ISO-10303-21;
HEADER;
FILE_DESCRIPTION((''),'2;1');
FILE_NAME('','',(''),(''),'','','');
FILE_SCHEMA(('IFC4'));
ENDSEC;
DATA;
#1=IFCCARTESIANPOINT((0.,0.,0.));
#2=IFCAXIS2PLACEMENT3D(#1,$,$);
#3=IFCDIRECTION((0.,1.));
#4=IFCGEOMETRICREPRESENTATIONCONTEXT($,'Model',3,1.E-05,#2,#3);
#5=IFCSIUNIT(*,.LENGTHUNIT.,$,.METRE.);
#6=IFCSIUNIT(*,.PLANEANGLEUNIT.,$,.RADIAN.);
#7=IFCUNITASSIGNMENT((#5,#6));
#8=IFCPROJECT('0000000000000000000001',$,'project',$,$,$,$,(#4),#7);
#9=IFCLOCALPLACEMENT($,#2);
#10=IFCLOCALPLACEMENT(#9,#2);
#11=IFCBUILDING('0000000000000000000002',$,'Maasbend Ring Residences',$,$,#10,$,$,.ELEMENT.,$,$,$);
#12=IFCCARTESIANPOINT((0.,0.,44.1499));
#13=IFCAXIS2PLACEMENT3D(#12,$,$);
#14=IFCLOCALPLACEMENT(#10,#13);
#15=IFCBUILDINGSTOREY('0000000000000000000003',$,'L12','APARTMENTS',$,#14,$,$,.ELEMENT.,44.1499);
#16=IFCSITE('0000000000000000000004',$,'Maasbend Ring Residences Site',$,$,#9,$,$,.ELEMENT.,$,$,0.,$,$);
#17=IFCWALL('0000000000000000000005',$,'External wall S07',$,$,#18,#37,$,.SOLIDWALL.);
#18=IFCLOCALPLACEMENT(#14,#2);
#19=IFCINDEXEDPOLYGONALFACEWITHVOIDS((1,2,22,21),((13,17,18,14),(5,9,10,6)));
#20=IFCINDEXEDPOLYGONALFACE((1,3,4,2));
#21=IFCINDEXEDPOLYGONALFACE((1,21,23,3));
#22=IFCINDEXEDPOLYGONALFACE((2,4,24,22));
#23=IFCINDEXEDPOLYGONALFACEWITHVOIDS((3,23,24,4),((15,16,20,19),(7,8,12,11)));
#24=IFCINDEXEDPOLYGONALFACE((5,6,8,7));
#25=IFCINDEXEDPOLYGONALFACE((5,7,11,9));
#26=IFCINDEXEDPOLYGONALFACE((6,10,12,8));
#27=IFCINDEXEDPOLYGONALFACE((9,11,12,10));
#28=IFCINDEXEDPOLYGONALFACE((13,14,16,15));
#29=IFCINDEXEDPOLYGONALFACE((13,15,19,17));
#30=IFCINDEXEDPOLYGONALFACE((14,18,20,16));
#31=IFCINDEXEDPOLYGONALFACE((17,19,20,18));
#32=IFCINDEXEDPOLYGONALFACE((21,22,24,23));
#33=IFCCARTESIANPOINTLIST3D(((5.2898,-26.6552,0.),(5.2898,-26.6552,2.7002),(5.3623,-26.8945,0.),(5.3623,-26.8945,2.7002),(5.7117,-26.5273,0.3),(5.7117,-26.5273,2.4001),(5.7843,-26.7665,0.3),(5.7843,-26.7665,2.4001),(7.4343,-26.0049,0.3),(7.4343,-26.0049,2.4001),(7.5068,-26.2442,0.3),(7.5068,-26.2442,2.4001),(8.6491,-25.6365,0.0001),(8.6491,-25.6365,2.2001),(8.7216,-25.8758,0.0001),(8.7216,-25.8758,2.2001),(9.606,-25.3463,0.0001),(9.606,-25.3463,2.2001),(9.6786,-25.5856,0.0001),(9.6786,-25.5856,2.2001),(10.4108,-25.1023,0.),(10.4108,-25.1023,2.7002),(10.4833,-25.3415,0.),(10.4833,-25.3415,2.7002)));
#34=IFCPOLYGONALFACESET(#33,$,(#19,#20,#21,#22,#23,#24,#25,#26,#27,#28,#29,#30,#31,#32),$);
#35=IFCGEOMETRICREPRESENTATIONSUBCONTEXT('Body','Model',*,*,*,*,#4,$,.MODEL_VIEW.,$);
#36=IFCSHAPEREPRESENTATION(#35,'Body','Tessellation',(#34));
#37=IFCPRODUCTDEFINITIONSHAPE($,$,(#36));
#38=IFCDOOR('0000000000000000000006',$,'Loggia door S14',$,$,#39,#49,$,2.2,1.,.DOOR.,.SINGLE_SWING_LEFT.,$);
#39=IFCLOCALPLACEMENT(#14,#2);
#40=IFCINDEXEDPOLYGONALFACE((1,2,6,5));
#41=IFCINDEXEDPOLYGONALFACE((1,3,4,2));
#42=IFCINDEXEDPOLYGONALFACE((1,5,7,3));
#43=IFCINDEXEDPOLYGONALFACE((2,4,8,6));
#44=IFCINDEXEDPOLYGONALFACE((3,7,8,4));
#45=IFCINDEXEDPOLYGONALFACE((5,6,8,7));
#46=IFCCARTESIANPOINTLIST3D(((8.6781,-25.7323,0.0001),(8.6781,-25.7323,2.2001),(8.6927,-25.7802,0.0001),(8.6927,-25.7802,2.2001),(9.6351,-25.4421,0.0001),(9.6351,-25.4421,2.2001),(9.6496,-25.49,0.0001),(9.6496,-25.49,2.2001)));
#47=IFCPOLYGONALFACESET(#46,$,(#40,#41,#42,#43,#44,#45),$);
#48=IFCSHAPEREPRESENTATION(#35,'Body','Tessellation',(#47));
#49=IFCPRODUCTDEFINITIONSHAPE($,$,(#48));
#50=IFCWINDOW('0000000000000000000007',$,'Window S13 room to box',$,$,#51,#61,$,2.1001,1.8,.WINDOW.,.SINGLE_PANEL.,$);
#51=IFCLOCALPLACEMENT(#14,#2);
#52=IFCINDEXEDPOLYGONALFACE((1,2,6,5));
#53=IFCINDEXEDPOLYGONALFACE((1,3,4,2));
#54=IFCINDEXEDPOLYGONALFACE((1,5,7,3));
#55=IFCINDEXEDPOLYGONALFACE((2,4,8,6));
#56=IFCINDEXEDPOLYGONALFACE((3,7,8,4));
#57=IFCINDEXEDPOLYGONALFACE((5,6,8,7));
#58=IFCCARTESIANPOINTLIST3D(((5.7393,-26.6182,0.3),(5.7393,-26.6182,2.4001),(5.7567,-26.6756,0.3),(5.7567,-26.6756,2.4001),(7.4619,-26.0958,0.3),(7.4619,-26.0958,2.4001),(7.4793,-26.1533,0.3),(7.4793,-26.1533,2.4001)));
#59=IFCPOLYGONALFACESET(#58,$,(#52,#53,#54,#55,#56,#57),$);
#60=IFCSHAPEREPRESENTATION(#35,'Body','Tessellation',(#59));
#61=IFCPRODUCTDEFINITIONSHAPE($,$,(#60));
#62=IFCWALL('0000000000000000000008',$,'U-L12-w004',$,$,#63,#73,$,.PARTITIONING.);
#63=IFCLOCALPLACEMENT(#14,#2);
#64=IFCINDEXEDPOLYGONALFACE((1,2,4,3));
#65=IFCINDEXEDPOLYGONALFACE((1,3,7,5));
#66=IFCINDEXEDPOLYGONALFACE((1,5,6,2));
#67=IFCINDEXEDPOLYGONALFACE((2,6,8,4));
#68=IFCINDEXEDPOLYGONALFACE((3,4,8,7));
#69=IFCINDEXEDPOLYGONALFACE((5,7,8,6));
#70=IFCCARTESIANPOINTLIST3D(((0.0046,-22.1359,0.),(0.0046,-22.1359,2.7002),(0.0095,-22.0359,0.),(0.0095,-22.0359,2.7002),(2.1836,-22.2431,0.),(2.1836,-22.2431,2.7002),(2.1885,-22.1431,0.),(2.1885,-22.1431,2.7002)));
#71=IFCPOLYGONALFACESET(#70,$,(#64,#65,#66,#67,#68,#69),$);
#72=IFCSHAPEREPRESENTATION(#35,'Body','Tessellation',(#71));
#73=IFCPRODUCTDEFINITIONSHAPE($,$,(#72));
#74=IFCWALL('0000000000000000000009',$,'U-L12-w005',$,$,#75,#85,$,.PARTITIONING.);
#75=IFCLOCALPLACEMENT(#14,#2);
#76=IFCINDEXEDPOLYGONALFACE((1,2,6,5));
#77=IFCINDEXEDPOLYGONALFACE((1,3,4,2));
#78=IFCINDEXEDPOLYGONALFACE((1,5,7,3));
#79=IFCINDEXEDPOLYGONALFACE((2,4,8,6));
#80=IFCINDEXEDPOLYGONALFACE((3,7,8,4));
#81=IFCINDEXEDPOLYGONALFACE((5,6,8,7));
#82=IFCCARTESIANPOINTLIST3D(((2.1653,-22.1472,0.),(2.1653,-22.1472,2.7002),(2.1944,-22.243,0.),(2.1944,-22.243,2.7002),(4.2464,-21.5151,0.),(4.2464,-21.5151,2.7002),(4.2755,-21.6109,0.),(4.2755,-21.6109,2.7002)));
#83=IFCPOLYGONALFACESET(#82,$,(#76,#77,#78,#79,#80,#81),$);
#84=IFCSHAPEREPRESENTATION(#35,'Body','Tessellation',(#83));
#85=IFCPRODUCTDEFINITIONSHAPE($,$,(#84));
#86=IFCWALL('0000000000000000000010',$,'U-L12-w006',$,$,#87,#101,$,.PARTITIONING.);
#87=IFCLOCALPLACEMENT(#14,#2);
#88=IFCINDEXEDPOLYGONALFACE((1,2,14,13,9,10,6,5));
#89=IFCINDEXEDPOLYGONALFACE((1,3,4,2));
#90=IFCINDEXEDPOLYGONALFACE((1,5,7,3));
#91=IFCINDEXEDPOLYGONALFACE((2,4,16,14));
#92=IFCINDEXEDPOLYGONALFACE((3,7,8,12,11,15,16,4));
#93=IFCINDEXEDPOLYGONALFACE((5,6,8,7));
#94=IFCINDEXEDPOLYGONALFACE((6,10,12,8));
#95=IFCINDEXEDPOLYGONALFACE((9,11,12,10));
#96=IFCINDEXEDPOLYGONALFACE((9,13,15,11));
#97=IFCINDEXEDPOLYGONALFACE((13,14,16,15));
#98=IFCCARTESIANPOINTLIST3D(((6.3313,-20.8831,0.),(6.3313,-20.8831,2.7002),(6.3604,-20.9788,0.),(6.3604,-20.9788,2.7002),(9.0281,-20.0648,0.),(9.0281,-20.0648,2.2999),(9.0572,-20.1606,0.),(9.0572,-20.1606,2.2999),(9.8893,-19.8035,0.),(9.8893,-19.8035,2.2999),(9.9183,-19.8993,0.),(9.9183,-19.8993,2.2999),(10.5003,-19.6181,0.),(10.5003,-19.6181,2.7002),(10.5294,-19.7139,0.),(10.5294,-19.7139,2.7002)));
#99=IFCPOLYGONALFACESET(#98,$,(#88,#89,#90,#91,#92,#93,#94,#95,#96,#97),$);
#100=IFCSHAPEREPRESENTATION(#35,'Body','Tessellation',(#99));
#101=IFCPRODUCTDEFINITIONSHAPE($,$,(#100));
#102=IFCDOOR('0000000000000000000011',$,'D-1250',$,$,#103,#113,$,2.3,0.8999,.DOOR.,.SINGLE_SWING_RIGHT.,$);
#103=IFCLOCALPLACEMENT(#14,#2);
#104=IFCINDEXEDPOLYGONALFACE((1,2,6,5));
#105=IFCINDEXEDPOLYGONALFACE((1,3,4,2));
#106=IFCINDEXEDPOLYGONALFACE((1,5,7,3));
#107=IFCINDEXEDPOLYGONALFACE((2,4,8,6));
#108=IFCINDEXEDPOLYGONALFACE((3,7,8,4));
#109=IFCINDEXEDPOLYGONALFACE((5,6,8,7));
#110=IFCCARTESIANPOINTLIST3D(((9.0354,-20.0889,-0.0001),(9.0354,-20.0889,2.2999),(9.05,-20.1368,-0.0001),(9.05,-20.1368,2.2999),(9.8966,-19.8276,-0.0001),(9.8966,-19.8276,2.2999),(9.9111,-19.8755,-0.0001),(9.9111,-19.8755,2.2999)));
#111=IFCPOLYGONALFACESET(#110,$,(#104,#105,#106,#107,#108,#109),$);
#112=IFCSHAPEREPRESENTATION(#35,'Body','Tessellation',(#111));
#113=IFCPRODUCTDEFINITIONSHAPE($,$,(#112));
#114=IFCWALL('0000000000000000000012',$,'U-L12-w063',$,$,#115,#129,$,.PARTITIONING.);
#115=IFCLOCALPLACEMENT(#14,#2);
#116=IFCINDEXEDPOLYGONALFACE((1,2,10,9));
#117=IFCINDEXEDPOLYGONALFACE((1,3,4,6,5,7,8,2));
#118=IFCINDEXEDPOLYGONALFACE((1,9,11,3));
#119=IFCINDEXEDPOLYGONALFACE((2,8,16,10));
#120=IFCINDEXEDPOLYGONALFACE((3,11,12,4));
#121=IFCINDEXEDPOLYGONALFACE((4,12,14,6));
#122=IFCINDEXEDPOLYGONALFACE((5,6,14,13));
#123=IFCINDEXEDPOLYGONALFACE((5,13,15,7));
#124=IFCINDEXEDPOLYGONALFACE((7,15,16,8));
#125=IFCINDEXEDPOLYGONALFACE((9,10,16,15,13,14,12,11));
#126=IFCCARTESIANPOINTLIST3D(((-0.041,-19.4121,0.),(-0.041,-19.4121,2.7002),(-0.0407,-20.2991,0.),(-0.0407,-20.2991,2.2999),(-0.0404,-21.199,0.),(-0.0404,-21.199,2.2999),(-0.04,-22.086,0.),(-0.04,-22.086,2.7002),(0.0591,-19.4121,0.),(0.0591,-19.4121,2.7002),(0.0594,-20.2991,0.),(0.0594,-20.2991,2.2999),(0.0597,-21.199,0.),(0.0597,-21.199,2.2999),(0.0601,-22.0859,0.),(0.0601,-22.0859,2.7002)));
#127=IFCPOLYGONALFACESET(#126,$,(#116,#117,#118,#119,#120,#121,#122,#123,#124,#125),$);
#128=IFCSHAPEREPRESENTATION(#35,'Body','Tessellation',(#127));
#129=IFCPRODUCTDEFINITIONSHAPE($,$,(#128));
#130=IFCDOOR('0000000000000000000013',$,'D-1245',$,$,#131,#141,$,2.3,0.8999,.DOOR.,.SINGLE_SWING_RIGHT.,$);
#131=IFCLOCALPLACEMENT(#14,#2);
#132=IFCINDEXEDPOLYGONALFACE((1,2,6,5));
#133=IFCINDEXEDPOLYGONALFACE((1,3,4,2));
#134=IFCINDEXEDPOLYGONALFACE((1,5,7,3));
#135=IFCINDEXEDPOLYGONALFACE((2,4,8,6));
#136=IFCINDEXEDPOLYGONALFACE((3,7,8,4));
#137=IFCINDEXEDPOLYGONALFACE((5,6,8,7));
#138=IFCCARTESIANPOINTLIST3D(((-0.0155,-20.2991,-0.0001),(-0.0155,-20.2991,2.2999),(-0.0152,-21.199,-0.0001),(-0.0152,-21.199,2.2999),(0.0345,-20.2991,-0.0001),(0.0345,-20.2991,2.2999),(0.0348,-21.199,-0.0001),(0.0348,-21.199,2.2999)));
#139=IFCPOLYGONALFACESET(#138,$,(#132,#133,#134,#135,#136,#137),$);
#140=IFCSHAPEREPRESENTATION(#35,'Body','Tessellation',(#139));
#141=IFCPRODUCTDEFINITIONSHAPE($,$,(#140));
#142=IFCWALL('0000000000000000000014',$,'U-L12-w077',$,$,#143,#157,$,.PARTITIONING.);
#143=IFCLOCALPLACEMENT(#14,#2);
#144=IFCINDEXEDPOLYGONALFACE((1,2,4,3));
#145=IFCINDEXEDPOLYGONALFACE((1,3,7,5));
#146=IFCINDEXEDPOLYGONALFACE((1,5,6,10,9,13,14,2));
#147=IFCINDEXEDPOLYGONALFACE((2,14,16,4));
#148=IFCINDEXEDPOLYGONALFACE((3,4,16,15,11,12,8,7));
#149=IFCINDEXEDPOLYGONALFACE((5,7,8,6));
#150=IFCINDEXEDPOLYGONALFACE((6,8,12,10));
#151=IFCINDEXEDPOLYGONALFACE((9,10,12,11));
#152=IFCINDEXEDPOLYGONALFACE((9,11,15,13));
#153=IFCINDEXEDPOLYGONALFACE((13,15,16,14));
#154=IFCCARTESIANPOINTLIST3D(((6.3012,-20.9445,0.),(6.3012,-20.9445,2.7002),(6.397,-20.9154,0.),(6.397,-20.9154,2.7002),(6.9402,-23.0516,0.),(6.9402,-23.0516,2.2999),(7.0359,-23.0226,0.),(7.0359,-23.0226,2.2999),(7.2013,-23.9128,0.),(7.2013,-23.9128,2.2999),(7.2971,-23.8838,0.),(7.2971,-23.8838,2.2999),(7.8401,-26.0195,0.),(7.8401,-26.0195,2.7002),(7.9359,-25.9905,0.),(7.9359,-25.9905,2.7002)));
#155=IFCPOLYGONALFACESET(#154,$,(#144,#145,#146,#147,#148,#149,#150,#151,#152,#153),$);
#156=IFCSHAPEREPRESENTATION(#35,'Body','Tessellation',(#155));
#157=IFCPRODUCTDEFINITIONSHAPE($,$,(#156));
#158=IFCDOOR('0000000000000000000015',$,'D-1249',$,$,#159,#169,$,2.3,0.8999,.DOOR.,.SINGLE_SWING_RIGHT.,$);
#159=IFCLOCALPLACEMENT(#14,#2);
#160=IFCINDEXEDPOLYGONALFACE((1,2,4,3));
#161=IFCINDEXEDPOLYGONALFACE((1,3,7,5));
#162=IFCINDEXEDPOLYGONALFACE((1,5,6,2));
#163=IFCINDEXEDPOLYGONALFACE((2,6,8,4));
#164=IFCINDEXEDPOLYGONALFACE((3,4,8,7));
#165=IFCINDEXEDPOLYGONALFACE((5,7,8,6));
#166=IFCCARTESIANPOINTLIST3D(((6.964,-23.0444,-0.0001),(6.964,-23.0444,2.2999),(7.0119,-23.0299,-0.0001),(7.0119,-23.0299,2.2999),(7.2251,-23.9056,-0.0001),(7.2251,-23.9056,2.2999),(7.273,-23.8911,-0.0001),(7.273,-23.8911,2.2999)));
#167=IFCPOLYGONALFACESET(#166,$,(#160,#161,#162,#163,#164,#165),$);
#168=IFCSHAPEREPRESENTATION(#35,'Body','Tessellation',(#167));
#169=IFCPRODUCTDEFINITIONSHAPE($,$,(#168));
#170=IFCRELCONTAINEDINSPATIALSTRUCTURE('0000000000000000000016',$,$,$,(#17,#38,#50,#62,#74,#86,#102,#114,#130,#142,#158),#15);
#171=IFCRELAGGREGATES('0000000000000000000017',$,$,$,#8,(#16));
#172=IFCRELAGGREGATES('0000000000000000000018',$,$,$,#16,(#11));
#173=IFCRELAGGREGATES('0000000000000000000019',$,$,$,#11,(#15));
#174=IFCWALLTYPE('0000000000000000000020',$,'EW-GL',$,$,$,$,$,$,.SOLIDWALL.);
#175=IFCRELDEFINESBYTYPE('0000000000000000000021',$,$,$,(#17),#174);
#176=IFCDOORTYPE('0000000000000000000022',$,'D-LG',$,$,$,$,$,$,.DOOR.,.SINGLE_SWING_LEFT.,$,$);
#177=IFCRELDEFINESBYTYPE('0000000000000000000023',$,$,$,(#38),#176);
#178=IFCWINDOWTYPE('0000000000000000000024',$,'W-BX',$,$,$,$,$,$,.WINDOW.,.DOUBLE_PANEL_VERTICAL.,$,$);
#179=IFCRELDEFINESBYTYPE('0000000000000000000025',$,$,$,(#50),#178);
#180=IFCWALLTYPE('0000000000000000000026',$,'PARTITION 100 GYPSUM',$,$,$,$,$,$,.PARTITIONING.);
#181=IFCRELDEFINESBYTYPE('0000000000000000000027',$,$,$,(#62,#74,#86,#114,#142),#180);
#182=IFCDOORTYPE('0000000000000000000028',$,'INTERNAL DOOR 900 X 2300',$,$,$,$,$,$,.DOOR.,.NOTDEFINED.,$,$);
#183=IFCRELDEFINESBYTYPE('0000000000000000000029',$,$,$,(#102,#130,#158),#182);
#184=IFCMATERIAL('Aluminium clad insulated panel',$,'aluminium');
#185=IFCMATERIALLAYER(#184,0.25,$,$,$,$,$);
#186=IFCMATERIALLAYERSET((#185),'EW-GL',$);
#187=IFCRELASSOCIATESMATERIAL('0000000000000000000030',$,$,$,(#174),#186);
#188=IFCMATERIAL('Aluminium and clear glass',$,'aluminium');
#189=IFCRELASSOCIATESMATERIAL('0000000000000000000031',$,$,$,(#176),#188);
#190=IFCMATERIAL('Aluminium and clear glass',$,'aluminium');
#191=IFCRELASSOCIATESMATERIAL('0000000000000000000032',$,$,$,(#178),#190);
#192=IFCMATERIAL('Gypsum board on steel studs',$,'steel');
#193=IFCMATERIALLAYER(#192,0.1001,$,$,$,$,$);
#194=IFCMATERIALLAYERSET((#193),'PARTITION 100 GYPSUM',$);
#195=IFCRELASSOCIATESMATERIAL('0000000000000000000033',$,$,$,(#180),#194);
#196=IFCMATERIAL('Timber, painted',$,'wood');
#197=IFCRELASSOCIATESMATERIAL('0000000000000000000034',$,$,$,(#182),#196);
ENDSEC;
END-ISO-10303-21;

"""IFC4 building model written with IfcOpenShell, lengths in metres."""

from ifc_helpers import new_model, si_unit, direction, frame, frame_2d, origin, place, context, subcontext, project, spatial, rectangle, extrude, material, layer, layer_set, type_object, element, fill, save


model = new_model("IFC4")

# Units and contexts
model_context = context("Model", 3, precision=1e-05, world=origin(), true_north=direction((0.0, 1.0)))
body_context = subcontext(model_context, "Body", "Model", "MODEL_VIEW")
ifc_project = project(units=[si_unit("LENGTHUNIT", "METRE"), si_unit("PLANEANGLEUNIT", "RADIAN")], contexts=[model_context])

# Site, building, storey
site_placement = place(None, origin())
site = spatial("IfcSite", under=ifc_project, at=site_placement, Name="Maasbend Ring Residences Site", CompositionType="ELEMENT", RefElevation=0.0)
building_placement = place(site_placement, origin())
building = spatial("IfcBuilding", under=site, at=building_placement, Name="Maasbend Ring Residences", CompositionType="ELEMENT")
storey_placement = place(building_placement, frame((0.0, 0.0, 44.1499)))
storey = spatial("IfcBuildingStorey", under=building, at=storey_placement, Name="L12", Description="APARTMENTS", CompositionType="ELEMENT", Elevation=44.1499)

# Wall, openings, door, window
ifc_material_1 = material(Name="Aluminium clad insulated panel", Category="aluminium")
ifc_layer_1 = layer(ifc_material_1, 0.25)
ifc_layer_set_1 = layer_set([ifc_layer_1], Name="EW-GL")
wall_type_1 = type_object("IfcWallType", Name="EW-GL", PredefinedType="SOLIDWALL", material=ifc_layer_set_1)
wall_1_placement = place(storey_placement, frame((5.3259, -26.7749, 0.0), z_axis=(0.0, 0.0, 1.0), x_axis=(0.956966, 0.290201, 0.0)))
wall_1 = element("IfcWall", 1, at=wall_1_placement, inside=storey, type_object=wall_type_1, Name="External wall S07", PredefinedType="SOLIDWALL", context=body_context, shape_type="SweptSolid", body=[
    extrude(rectangle(XDim=5.3513, YDim=0.25, at=frame_2d((2.6758, 0.0))), origin(), (0.0, 0.0, 1.0), 2.7002),
])
opening_1_placement = place(wall_1_placement, frame((0.4412, 0.0, 0.3)))
opening_1 = element("IfcOpeningElement", 2, at=opening_1_placement, cuts=wall_1, PredefinedType="OPENING", context=body_context, shape_type="SweptSolid", body=[
    extrude(rectangle(XDim=1.8, YDim=2.1001, at=frame_2d((0.8999, 1.05))), frame((0.0, 0.135, 0.0), z_axis=(0.0, -1.0, 0.0), x_axis=(1.0, 0.0, 0.0)), (0.0, 0.0, 1.0), 0.27),
])
opening_2_placement = place(wall_1_placement, frame((3.5105, 0.0, 0.0)))
opening_2 = element("IfcOpeningElement", 3, at=opening_2_placement, cuts=wall_1, PredefinedType="OPENING", context=body_context, shape_type="SweptSolid", body=[
    extrude(rectangle(XDim=1.0, YDim=2.2, at=frame_2d((0.5, 1.1001))), frame((0.0, 0.135, 0.0), z_axis=(0.0, -1.0, 0.0), x_axis=(1.0, 0.0, 0.0)), (0.0, 0.0, 1.0), 0.27),
])
ifc_material_2 = material(Name="Aluminium and clear glass", Category="aluminium")
door_type_1 = type_object("IfcDoorType", Name="D-LG", OperationType="SINGLE_SWING_LEFT", PredefinedType="DOOR", material=ifc_material_2)
door_1_placement = place(opening_2_placement, origin())
door_1 = element("IfcDoor", 4, at=door_1_placement, inside=storey, type_object=door_type_1, Name="Loggia door S14", OperationType="SINGLE_SWING_LEFT", OverallHeight=2.2, OverallWidth=1.0, PredefinedType="DOOR", context=body_context, shape_type="SweptSolid", body=[
    extrude(rectangle(XDim=1.0, YDim=2.2, at=frame_2d((0.5, 1.1001))), frame((0.0, 0.0249, 0.0), z_axis=(0.0, -1.0, 0.0), x_axis=(1.0, 0.0, 0.0)), (0.0, 0.0, 1.0), 0.05),
])
fill(opening_2, door_1)
ifc_material_3 = material(Name="Aluminium and clear glass", Category="aluminium")
window_type_1 = type_object("IfcWindowType", Name="W-BX", PartitioningType="DOUBLE_PANEL_VERTICAL", PredefinedType="WINDOW", material=ifc_material_3)
window_1_placement = place(opening_1_placement, origin())
window_1 = element("IfcWindow", 5, at=window_1_placement, inside=storey, type_object=window_type_1, Name="Window S13 room to box", OverallHeight=2.1001, OverallWidth=1.8, PartitioningType="SINGLE_PANEL", PredefinedType="WINDOW", context=body_context, shape_type="SweptSolid", body=[
    extrude(rectangle(XDim=1.8, YDim=2.1001, at=frame_2d((0.8999, 1.05))), frame((0.0, 0.03, 0.0), z_axis=(0.0, -1.0, 0.0), x_axis=(1.0, 0.0, 0.0)), (0.0, 0.0, 1.0), 0.0601),
])
fill(opening_1, window_1)

# Walls
ifc_material_4 = material(Name="Gypsum board on steel studs", Category="steel")
ifc_layer_2 = layer(ifc_material_4, 0.1001)
ifc_layer_set_2 = layer_set([ifc_layer_2], Name="PARTITION 100 GYPSUM")
wall_type_2 = type_object("IfcWallType", Name="PARTITION 100 GYPSUM", PredefinedType="PARTITIONING", material=ifc_layer_set_2)
wall_2_placement = place(storey_placement, frame((0.0071, -22.0859, 0.0), z_axis=(0.0, 0.0, 1.0), x_axis=(0.998792, -0.049128, 0.0)))
element("IfcWall", 6, at=wall_2_placement, inside=storey, type_object=wall_type_2, Name="U-L12-w004", PredefinedType="PARTITIONING", context=body_context, shape_type="SweptSolid", body=[
    extrude(rectangle(XDim=2.1816, YDim=0.1001, at=frame_2d((1.0908, 0.0))), origin(), (0.0, 0.0, 1.0), 2.7002),
])
wall_3_placement = place(storey_placement, frame((2.1799, -22.1951, 0.0), z_axis=(0.0, 0.0, 1.0), x_axis=(0.956838, 0.290621, 0.0)))
element("IfcWall", 7, at=wall_3_placement, inside=storey, type_object=wall_type_2, Name="U-L12-w005", PredefinedType="PARTITIONING", context=body_context, shape_type="SweptSolid", body=[
    extrude(rectangle(XDim=2.175, YDim=0.1001, at=frame_2d((1.0874, 0.0))), origin(), (0.0, 0.0, 1.0), 2.7002),
])

# Walls, openings, doors
wall_4_placement = place(storey_placement, frame((6.3459, -20.9309, 0.0), z_axis=(0.0, 0.0, 1.0), x_axis=(0.956924, 0.290339, 0.0)))
wall_4 = element("IfcWall", 8, at=wall_4_placement, inside=storey, type_object=wall_type_2, Name="U-L12-w006", PredefinedType="PARTITIONING", context=body_context, shape_type="SweptSolid", body=[
    extrude(rectangle(XDim=4.3567, YDim=0.1001, at=frame_2d((2.1782, 0.0))), origin(), (0.0, 0.0, 1.0), 2.7002),
])
opening_3_placement = place(wall_4_placement, frame((2.8181, 0.0, 0.0)))
opening_3 = element("IfcOpeningElement", 9, at=opening_3_placement, cuts=wall_4, PredefinedType="OPENING", context=body_context, shape_type="SweptSolid", body=[
    extrude(rectangle(XDim=0.8999, YDim=2.3, at=frame_2d((0.45, 1.1499))), frame((0.0, 0.0601, 0.0), z_axis=(0.0, -1.0, 0.0), x_axis=(1.0, 0.0, 0.0)), (0.0, 0.0, 1.0), 0.1201),
])
ifc_material_5 = material(Name="Timber, painted", Category="wood")
door_type_2 = type_object("IfcDoorType", Name="INTERNAL DOOR 900 X 2300", OperationType="NOTDEFINED", PredefinedType="DOOR", material=ifc_material_5)
door_2_placement = place(opening_3_placement, origin())
door_2 = element("IfcDoor", 10, at=door_2_placement, inside=storey, type_object=door_type_2, Name="D-1250", OperationType="SINGLE_SWING_RIGHT", OverallHeight=2.3, OverallWidth=0.8999, PredefinedType="DOOR", context=body_context, shape_type="SweptSolid", body=[
    extrude(rectangle(XDim=0.8999, YDim=2.3, at=frame_2d((0.45, 1.1499))), frame((0.0, 0.0249, 0.0), z_axis=(0.0, -1.0, 0.0), x_axis=(1.0, 0.0, 0.0)), (0.0, 0.0, 1.0), 0.05),
])
fill(opening_3, door_2)
wall_5_placement = place(storey_placement, frame((0.01, -22.0859, 0.0), z_axis=(0.0, 0.0, 1.0), x_axis=(-0.000365, 1.0, 0.0)))
wall_5 = element("IfcWall", 11, at=wall_5_placement, inside=storey, type_object=wall_type_2, Name="U-L12-w063", PredefinedType="PARTITIONING", context=body_context, shape_type="SweptSolid", body=[
    extrude(rectangle(XDim=2.6738, YDim=0.1001, at=frame_2d((1.3369, 0.0))), origin(), (0.0, 0.0, 1.0), 2.7002),
])
opening_4_placement = place(wall_5_placement, frame((0.887, 0.0, 0.0)))
opening_4 = element("IfcOpeningElement", 12, at=opening_4_placement, cuts=wall_5, PredefinedType="OPENING", context=body_context, shape_type="SweptSolid", body=[
    extrude(rectangle(XDim=0.8999, YDim=2.3, at=frame_2d((0.45, 1.1499))), frame((0.0, 0.0601, 0.0), z_axis=(0.0, -1.0, 0.0), x_axis=(1.0, 0.0, 0.0)), (0.0, 0.0, 1.0), 0.1201),
])
door_3_placement = place(opening_4_placement, origin())
door_3 = element("IfcDoor", 13, at=door_3_placement, inside=storey, type_object=door_type_2, Name="D-1245", OperationType="SINGLE_SWING_RIGHT", OverallHeight=2.3, OverallWidth=0.8999, PredefinedType="DOOR", context=body_context, shape_type="SweptSolid", body=[
    extrude(rectangle(XDim=0.8999, YDim=2.3, at=frame_2d((0.45, 1.1499))), frame((0.0, 0.0249, 0.0), z_axis=(0.0, -1.0, 0.0), x_axis=(1.0, 0.0, 0.0)), (0.0, 0.0, 1.0), 0.05),
])
fill(opening_4, door_3)
wall_6_placement = place(storey_placement, frame((6.3491, -20.9299, 0.0), z_axis=(0.0, 0.0, 1.0), x_axis=(0.290172, -0.956974, 0.0)))
wall_6 = element("IfcWall", 14, at=wall_6_placement, inside=storey, type_object=wall_type_2, Name="U-L12-w077", PredefinedType="PARTITIONING", context=body_context, shape_type="SweptSolid", body=[
    extrude(rectangle(XDim=5.3032, YDim=0.1001, at=frame_2d((2.6516, 0.0))), origin(), (0.0, 0.0, 1.0), 2.7002),
])
opening_5_placement = place(wall_6_placement, frame((2.2019, 0.0, 0.0)))
opening_5 = element("IfcOpeningElement", 15, at=opening_5_placement, cuts=wall_6, PredefinedType="OPENING", context=body_context, shape_type="SweptSolid", body=[
    extrude(rectangle(XDim=0.8999, YDim=2.3, at=frame_2d((0.45, 1.1499))), frame((0.0, 0.0601, 0.0), z_axis=(0.0, -1.0, 0.0), x_axis=(1.0, 0.0, 0.0)), (0.0, 0.0, 1.0), 0.1201),
])
door_4_placement = place(opening_5_placement, origin())
door_4 = element("IfcDoor", 16, at=door_4_placement, inside=storey, type_object=door_type_2, Name="D-1249", OperationType="SINGLE_SWING_RIGHT", OverallHeight=2.3, OverallWidth=0.8999, PredefinedType="DOOR", context=body_context, shape_type="SweptSolid", body=[
    extrude(rectangle(XDim=0.8999, YDim=2.3, at=frame_2d((0.45, 1.1499))), frame((0.0, 0.0249, 0.0), z_axis=(0.0, -1.0, 0.0), x_axis=(1.0, 0.0, 0.0)), (0.0, 0.0, 1.0), 0.05),
])
fill(opening_5, door_4)

save(model, "model.ifc")
